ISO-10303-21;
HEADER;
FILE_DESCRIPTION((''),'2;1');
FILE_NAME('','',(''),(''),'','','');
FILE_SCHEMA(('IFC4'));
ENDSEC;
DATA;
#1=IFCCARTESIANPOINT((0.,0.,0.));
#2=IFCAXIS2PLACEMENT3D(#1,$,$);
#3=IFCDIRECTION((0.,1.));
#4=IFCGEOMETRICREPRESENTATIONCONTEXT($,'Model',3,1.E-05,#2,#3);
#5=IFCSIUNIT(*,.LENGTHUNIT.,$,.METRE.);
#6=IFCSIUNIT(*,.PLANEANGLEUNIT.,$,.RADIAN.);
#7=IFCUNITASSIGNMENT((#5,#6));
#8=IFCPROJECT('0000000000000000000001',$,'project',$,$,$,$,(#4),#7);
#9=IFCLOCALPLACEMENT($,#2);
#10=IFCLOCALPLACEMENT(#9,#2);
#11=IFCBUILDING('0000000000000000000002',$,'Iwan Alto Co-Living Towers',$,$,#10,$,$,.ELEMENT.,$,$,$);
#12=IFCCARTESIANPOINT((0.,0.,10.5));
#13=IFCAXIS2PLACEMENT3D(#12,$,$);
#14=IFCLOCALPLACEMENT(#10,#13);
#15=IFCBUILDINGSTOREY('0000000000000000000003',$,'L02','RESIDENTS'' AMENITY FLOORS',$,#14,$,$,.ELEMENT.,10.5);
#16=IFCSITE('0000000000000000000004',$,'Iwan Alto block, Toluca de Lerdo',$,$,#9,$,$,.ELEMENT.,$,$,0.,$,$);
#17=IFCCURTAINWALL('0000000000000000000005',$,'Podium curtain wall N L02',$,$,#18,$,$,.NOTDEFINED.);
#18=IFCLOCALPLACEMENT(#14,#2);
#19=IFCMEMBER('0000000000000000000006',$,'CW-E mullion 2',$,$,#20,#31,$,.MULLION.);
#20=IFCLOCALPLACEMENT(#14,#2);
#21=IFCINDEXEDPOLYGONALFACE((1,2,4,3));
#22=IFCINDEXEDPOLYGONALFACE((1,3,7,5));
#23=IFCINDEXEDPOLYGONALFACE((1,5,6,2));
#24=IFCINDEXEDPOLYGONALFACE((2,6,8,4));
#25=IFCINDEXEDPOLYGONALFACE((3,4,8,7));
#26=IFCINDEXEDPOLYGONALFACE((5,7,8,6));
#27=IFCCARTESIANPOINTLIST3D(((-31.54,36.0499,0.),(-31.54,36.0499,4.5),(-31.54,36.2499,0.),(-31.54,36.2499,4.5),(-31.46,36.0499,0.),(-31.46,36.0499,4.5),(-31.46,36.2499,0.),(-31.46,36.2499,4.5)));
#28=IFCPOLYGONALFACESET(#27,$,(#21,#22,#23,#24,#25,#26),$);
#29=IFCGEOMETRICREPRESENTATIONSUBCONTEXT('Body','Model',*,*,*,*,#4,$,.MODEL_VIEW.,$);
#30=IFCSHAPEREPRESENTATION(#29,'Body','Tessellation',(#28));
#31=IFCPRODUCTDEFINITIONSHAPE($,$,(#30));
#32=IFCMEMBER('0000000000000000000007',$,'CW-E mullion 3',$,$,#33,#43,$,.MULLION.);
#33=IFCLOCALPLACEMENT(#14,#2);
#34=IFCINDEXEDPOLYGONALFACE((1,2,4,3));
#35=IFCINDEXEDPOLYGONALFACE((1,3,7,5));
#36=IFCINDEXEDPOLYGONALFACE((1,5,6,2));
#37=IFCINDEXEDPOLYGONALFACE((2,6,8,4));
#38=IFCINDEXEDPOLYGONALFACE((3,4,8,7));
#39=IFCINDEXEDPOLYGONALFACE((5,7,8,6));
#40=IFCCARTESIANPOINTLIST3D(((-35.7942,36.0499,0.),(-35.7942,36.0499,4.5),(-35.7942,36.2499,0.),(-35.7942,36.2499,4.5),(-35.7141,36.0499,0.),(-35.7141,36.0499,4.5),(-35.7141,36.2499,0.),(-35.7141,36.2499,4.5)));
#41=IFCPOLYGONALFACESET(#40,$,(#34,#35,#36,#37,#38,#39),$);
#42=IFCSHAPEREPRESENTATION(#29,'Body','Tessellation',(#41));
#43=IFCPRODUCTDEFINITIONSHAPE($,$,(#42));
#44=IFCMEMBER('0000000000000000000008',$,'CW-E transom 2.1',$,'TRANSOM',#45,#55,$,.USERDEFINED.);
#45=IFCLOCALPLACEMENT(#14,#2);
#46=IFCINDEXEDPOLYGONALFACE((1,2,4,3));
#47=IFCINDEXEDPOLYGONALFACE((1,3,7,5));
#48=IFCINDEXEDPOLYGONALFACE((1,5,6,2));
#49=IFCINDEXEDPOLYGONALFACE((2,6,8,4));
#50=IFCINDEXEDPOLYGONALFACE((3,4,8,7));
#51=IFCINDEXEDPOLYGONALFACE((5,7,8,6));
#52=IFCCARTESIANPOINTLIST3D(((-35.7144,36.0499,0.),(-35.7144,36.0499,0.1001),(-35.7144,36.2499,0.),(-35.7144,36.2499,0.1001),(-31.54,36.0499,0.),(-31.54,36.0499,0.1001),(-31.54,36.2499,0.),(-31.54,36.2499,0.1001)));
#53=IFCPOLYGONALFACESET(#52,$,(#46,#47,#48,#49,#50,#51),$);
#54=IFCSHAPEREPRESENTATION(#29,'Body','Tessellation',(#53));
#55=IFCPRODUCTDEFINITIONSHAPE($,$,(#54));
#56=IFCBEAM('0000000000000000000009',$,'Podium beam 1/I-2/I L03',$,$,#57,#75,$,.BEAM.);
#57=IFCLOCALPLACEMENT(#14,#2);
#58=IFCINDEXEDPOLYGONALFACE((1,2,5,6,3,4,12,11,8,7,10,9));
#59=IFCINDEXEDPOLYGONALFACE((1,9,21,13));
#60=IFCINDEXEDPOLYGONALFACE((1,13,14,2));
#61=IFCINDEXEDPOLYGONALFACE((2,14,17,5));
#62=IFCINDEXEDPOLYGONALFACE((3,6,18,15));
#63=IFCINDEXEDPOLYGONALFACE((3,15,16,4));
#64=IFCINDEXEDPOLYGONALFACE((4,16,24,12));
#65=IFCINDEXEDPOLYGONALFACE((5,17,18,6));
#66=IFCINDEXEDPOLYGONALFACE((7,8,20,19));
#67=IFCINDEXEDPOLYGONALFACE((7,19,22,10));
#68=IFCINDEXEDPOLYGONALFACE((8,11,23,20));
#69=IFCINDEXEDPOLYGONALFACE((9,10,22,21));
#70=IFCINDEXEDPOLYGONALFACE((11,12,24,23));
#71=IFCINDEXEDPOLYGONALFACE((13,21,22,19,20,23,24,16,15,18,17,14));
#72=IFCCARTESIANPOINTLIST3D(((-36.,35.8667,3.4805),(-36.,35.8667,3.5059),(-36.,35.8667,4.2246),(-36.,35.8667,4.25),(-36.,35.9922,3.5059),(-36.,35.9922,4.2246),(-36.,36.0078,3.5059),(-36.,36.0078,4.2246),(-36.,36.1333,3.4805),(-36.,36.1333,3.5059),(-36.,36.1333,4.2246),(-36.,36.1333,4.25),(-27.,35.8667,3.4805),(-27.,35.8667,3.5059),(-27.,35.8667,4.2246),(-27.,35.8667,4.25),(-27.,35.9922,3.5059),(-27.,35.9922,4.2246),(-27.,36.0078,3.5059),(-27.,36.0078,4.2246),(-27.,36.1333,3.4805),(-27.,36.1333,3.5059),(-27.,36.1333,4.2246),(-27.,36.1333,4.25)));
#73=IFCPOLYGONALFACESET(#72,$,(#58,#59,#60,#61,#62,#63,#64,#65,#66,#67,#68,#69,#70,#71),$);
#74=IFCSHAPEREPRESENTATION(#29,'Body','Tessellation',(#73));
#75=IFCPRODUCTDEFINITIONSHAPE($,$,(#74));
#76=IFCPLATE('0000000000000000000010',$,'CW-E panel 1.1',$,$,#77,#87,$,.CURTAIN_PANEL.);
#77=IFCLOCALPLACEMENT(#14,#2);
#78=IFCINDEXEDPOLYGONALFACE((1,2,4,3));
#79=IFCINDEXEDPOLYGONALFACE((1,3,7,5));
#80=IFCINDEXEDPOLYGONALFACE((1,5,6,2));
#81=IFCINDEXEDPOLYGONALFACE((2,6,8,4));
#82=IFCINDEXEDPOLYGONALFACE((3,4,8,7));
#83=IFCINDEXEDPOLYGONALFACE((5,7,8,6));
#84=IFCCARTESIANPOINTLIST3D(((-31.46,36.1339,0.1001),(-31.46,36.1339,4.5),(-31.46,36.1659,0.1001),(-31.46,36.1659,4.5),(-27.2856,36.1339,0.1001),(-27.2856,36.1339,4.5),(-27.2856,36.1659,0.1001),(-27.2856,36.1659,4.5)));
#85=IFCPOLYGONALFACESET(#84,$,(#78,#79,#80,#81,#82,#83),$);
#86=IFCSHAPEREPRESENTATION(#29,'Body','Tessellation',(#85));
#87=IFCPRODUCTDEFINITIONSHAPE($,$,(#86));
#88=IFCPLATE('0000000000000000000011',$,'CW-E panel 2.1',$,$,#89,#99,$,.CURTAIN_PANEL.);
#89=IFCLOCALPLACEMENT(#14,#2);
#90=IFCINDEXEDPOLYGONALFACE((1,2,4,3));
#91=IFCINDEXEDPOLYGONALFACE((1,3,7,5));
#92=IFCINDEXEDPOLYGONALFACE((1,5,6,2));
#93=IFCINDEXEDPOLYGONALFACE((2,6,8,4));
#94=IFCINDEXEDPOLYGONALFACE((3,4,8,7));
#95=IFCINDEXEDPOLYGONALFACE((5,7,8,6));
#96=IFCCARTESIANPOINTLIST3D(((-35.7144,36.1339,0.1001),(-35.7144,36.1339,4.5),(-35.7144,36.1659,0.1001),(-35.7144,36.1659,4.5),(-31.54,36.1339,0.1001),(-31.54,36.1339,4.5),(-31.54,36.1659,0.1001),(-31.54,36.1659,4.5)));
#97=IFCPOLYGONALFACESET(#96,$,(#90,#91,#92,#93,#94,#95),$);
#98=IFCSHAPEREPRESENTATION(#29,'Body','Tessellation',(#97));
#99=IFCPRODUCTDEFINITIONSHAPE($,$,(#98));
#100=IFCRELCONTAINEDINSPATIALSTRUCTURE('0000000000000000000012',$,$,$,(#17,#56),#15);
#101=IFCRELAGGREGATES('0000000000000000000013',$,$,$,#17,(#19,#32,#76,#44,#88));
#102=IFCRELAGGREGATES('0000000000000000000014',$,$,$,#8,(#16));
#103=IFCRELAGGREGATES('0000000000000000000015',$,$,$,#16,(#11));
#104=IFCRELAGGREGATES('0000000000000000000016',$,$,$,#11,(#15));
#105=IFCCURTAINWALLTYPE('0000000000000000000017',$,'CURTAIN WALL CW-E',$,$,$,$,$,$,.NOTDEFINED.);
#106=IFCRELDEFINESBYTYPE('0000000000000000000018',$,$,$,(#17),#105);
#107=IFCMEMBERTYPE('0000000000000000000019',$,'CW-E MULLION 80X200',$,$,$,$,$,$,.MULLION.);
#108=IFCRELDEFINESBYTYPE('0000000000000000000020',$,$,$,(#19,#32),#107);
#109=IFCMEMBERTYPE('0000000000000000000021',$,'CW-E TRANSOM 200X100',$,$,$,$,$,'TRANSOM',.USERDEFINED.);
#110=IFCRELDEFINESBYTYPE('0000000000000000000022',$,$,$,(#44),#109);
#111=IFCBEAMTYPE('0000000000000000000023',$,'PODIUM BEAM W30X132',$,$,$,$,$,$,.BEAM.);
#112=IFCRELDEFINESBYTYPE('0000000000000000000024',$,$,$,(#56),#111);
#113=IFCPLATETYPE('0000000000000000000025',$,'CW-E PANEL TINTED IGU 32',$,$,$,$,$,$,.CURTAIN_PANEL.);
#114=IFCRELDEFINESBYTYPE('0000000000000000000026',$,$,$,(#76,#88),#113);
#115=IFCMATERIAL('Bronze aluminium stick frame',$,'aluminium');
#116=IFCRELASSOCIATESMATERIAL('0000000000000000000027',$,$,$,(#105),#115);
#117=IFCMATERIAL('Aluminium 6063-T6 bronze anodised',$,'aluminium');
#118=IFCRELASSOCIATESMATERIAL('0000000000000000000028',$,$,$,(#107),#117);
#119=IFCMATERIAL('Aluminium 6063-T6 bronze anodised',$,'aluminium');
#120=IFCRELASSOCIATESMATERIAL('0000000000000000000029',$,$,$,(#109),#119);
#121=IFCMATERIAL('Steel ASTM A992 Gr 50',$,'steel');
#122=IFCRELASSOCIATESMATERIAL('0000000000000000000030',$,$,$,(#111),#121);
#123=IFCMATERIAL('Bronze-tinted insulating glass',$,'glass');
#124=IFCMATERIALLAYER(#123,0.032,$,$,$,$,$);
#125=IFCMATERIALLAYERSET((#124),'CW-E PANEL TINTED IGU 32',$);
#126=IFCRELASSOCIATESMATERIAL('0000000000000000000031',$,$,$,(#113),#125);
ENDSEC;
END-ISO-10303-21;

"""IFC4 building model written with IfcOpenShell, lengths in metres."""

from ifc_helpers import new_model, si_unit, direction, frame, origin, origin_2d, place, context, subcontext, project, spatial, rectangle, i_section, extrude, material, layer, layer_set, material_profile, profile_set, type_object, element, aggregate, save


model = new_model("IFC4")

# Units and contexts
model_context = context("Model", 3, precision=1e-05, world=origin(), true_north=direction((0.0, 1.0)))
body_context = subcontext(model_context, "Body", "Model", "MODEL_VIEW")
ifc_project = project(units=[si_unit("LENGTHUNIT", "METRE"), si_unit("PLANEANGLEUNIT", "RADIAN")], contexts=[model_context])

# Site, building, storey
site_placement = place(None, origin())
site = spatial("IfcSite", under=ifc_project, at=site_placement, Name="Iwan Alto block, Toluca de Lerdo", CompositionType="ELEMENT", RefElevation=0.0)
building_placement = place(site_placement, origin())
building = spatial("IfcBuilding", under=site, at=building_placement, Name="Iwan Alto Co-Living Towers", CompositionType="ELEMENT")
storey_placement = place(building_placement, frame((0.0, 0.0, 10.5)))
storey = spatial("IfcBuildingStorey", under=building, at=storey_placement, Name="L02", Description="RESIDENTS' AMENITY FLOORS", CompositionType="ELEMENT", Elevation=10.5)

# Curtain wall, members
ifc_material_1 = material(Name="Bronze aluminium stick frame", Category="aluminium")
curtain_wall_type = type_object("IfcCurtainWallType", Name="CURTAIN WALL CW-E", PredefinedType="NOTDEFINED", material=ifc_material_1)
curtain_wall_placement = place(storey_placement, origin())
curtain_wall = element("IfcCurtainWall", 1, at=curtain_wall_placement, inside=storey, type_object=curtain_wall_type, Name="Podium curtain wall N L02", PredefinedType="NOTDEFINED")
ifc_material_2 = material(Name="Aluminium 6063-T6 bronze anodised", Category="aluminium")
ifc_material_profile_1 = material_profile(ifc_material_2, rectangle(XDim=0.2, YDim=0.0801, at=origin_2d()), Name="AL 80X200")
ifc_profile_set_1 = profile_set([ifc_material_profile_1], Name="Aluminium 6063-T6 bronze anodised")
member_type_1 = type_object("IfcMemberType", Name="CW-E MULLION 80X200", PredefinedType="MULLION", material=ifc_profile_set_1)
member_1_placement = place(storey_placement, frame((-31.5, 36.1499, 0.0), z_axis=(0.0, 0.0, 1.0), x_axis=(0.0, -1.0, 0.0)))
member_1 = element("IfcMember", 2, at=member_1_placement, type_object=member_type_1, Name="CW-E mullion 2", PredefinedType="MULLION", context=body_context, shape_type="SweptSolid", body=[
    extrude(rectangle(XDim=0.2, YDim=0.0801, at=origin_2d()), origin(), (0.0, 0.0, 1.0), 4.5),
])
member_2_placement = place(storey_placement, frame((-35.7542, 36.1499, 0.0), z_axis=(0.0, 0.0, 1.0), x_axis=(0.0, -1.0, 0.0)))
member_2 = element("IfcMember", 3, at=member_2_placement, type_object=member_type_1, Name="CW-E mullion 3", PredefinedType="MULLION", context=body_context, shape_type="SweptSolid", body=[
    extrude(rectangle(XDim=0.2, YDim=0.0801, at=origin_2d()), origin(), (0.0, 0.0, 1.0), 4.5),
])
ifc_material_3 = material(Name="Aluminium 6063-T6 bronze anodised", Category="aluminium")
ifc_material_profile_2 = material_profile(ifc_material_3, rectangle(XDim=0.2, YDim=0.1001, at=origin_2d()), Name="AL 200X100")
ifc_profile_set_2 = profile_set([ifc_material_profile_2], Name="Aluminium 6063-T6 bronze anodised")
member_type_2 = type_object("IfcMemberType", Name="CW-E TRANSOM 200X100", ElementType="TRANSOM", PredefinedType="USERDEFINED", material=ifc_profile_set_2)
member_3_placement = place(storey_placement, frame((-31.54, 36.1499, 0.05), z_axis=(-1.0, 0.0, 0.0), x_axis=(0.0, -1.0, 0.0)))
member_3 = element("IfcMember", 4, at=member_3_placement, type_object=member_type_2, Name="CW-E transom 2.1", ObjectType="TRANSOM", PredefinedType="USERDEFINED", context=body_context, shape_type="SweptSolid", body=[
    extrude(rectangle(XDim=0.2, YDim=0.1001, at=origin_2d()), origin(), (0.0, 0.0, 1.0), 4.1743),
])

# Beam
ifc_material_4 = material(Name="Steel ASTM A992 Gr 50", Category="steel")
ifc_material_profile_3 = material_profile(ifc_material_4, i_section(OverallWidth=0.2666, OverallDepth=0.7695, WebThickness=0.0156, FlangeThickness=0.0254, at=origin_2d()), Name="W30X132")
ifc_profile_set_3 = profile_set([ifc_material_profile_3], Name="Steel ASTM A992 Gr 50")
beam_type = type_object("IfcBeamType", Name="PODIUM BEAM W30X132", PredefinedType="BEAM", material=ifc_profile_set_3)
beam_placement = place(storey_placement, frame((-36.0, 36.0, 3.8652), z_axis=(1.0, 0.0, 0.0), x_axis=(0.0, 1.0, 0.0)))
element("IfcBeam", 5, at=beam_placement, inside=storey, type_object=beam_type, Name="Podium beam 1/I-2/I L03", PredefinedType="BEAM", context=body_context, shape_type="SweptSolid", body=[
    extrude(i_section(OverallWidth=0.2666, OverallDepth=0.7695, WebThickness=0.0156, FlangeThickness=0.0254, at=origin_2d()), origin(), (0.0, 0.0, 1.0), 9.0),
])

# Plates
ifc_material_5 = material(Name="Bronze-tinted insulating glass", Category="glass")
ifc_layer_1 = layer(ifc_material_5, 0.032)
ifc_layer_set_1 = layer_set([ifc_layer_1], Name="CW-E PANEL TINTED IGU 32")
plate_type = type_object("IfcPlateType", Name="CW-E PANEL TINTED IGU 32", PredefinedType="CURTAIN_PANEL", material=ifc_layer_set_1)
plate_1_placement = place(storey_placement, frame((-29.3728, 36.1499, 0.1001), z_axis=(0.0, 0.0, 1.0), x_axis=(-1.0, 0.0, 0.0)))
plate_1 = element("IfcPlate", 6, at=plate_1_placement, type_object=plate_type, Name="CW-E panel 1.1", PredefinedType="CURTAIN_PANEL", context=body_context, shape_type="SweptSolid", body=[
    extrude(rectangle(XDim=4.1743, YDim=0.032, at=origin_2d()), origin(), (0.0, 0.0, 1.0), 4.3999),
])
plate_2_placement = place(storey_placement, frame((-33.6272, 36.1499, 0.1001), z_axis=(0.0, 0.0, 1.0), x_axis=(-1.0, 0.0, 0.0)))
plate_2 = element("IfcPlate", 7, at=plate_2_placement, type_object=plate_type, Name="CW-E panel 2.1", PredefinedType="CURTAIN_PANEL", context=body_context, shape_type="SweptSolid", body=[
    extrude(rectangle(XDim=4.1743, YDim=0.032, at=origin_2d()), origin(), (0.0, 0.0, 1.0), 4.3999),
])
aggregate(curtain_wall, [member_1, member_2, plate_1, member_3, plate_2])

save(model, "model.ifc")
